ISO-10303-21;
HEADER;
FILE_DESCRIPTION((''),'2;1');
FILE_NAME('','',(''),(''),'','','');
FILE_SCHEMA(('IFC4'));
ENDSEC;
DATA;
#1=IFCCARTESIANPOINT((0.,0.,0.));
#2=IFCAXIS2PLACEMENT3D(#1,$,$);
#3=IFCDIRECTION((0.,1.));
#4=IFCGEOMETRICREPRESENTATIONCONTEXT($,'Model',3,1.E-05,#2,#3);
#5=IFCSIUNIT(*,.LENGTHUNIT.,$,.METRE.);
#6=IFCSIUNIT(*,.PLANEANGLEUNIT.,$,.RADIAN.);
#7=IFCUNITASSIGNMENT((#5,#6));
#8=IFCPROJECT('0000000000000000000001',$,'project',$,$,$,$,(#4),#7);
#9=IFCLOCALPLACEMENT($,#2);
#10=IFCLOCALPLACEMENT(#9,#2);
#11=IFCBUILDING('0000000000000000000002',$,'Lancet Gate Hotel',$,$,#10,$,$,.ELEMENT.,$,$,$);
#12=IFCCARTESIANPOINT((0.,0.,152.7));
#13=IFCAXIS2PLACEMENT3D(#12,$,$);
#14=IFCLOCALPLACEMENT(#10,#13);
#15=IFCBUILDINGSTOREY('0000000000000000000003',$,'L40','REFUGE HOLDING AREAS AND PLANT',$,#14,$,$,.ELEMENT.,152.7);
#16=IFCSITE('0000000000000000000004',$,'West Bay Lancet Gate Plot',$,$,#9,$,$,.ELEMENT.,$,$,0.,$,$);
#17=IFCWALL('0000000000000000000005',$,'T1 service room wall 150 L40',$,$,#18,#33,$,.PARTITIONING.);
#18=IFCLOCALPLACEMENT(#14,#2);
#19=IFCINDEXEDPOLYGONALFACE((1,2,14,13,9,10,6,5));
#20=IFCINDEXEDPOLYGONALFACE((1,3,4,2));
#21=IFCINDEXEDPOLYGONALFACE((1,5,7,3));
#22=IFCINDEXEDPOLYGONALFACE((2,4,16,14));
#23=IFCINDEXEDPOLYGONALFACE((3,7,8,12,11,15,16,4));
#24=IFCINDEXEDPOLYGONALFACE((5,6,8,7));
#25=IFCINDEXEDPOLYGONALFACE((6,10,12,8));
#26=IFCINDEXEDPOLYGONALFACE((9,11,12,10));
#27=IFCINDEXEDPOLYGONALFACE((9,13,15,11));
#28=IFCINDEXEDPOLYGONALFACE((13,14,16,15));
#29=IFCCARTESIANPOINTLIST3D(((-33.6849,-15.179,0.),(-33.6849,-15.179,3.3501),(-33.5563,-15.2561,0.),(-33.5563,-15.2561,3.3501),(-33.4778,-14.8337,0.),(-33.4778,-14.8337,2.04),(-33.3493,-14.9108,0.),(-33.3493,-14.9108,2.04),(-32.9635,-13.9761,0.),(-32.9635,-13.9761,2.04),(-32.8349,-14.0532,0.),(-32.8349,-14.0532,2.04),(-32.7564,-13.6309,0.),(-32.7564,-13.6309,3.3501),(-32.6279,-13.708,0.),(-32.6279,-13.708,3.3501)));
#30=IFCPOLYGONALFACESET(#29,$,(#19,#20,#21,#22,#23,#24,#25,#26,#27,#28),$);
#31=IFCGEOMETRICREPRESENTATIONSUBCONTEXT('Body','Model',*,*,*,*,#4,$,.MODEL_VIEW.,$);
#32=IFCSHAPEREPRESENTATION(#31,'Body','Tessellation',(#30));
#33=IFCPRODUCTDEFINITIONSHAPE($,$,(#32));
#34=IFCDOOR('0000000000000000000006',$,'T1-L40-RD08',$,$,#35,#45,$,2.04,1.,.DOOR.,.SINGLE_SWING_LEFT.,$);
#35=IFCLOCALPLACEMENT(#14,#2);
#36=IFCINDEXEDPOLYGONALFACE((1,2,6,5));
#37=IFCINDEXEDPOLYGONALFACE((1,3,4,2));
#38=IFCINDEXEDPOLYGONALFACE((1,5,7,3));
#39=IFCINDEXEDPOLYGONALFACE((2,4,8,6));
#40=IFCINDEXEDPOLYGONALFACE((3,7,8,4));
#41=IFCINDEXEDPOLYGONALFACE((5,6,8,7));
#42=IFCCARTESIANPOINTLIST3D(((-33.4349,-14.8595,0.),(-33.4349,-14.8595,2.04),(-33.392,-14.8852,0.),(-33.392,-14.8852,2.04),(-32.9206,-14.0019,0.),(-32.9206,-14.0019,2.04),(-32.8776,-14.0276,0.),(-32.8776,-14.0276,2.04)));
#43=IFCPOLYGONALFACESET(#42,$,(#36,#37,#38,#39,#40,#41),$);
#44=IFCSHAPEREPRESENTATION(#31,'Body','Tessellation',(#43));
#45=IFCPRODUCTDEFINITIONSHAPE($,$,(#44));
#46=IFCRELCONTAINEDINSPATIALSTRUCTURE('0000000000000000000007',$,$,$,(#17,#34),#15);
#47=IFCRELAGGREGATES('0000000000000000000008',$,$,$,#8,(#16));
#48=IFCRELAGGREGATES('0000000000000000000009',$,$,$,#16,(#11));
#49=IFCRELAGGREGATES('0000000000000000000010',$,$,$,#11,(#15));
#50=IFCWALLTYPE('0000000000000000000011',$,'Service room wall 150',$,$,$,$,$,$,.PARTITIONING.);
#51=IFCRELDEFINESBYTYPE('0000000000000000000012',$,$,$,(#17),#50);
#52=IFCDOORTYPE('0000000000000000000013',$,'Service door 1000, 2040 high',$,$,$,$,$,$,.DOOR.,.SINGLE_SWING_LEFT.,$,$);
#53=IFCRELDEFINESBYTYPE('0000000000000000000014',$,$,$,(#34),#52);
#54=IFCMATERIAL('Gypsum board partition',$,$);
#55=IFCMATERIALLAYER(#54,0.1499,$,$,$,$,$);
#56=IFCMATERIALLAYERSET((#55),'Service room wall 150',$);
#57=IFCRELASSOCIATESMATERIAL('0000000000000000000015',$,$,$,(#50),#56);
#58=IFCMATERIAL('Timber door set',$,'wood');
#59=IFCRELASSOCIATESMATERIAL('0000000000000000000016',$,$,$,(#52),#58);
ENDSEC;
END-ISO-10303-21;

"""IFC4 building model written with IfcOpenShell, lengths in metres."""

from ifc_helpers import new_model, si_unit, direction, frame, frame_2d, origin, place, context, subcontext, project, spatial, rectangle, extrude, material, layer, layer_set, type_object, element, fill, save


model = new_model("IFC4")

# Units and contexts
model_context = context("Model", 3, precision=1e-05, world=origin(), true_north=direction((0.0, 1.0)))
body_context = subcontext(model_context, "Body", "Model", "MODEL_VIEW")
ifc_project = project(units=[si_unit("LENGTHUNIT", "METRE"), si_unit("PLANEANGLEUNIT", "RADIAN")], contexts=[model_context])

# Site, building, storey
site_placement = place(None, origin())
site = spatial("IfcSite", under=ifc_project, at=site_placement, Name="West Bay Lancet Gate Plot", CompositionType="ELEMENT", RefElevation=0.0)
building_placement = place(site_placement, origin())
building = spatial("IfcBuilding", under=site, at=building_placement, Name="Lancet Gate Hotel", CompositionType="ELEMENT")
storey_placement = place(building_placement, frame((0.0, 0.0, 152.7)))
storey = spatial("IfcBuildingStorey", under=building, at=storey_placement, Name="L40", Description="REFUGE HOLDING AREAS AND PLANT", CompositionType="ELEMENT", Elevation=152.7)

# Wall, opening, door
ifc_material_1 = material(Name="Gypsum board partition")
ifc_layer_1 = layer(ifc_material_1, 0.1499)
ifc_layer_set_1 = layer_set([ifc_layer_1], Name="Service room wall 150")
wall_type_1 = type_object("IfcWallType", Name="Service room wall 150", PredefinedType="PARTITIONING", material=ifc_layer_set_1)
wall_1_placement = place(storey_placement, frame((-33.6206, -15.2175, 0.0), z_axis=(0.0, 0.0, 1.0), x_axis=(0.514337, 0.857588, 0.0)))
wall_1 = element("IfcWall", 1, at=wall_1_placement, inside=storey, type_object=wall_type_1, Name="T1 service room wall 150 L40", PredefinedType="PARTITIONING", context=body_context, shape_type="SweptSolid", body=[
    extrude(rectangle(XDim=1.8052, YDim=0.1499, at=frame_2d((0.9026, 0.0))), origin(), (0.0, 0.0, 1.0), 3.3501),
])
opening_placement = place(wall_1_placement, frame((0.4026, 0.0, 0.0)))
opening = element("IfcOpeningElement", 2, at=opening_placement, cuts=wall_1, PredefinedType="OPENING", context=body_context, shape_type="SweptSolid", body=[
    extrude(rectangle(XDim=1.0, YDim=2.04, at=frame_2d((0.5, 1.02))), frame((0.0, 0.085, 0.0), z_axis=(0.0, -1.0, 0.0), x_axis=(1.0, 0.0, 0.0)), (0.0, 0.0, 1.0), 0.1699),
])
ifc_material_2 = material(Name="Timber door set", Category="wood")
door_type = type_object("IfcDoorType", Name="Service door 1000, 2040 high", OperationType="SINGLE_SWING_LEFT", PredefinedType="DOOR", material=ifc_material_2)
door_placement = place(opening_placement, origin())
door = element("IfcDoor", 3, at=door_placement, inside=storey, type_object=door_type, Name="T1-L40-RD08", OperationType="SINGLE_SWING_LEFT", OverallHeight=2.04, OverallWidth=1.0, PredefinedType="DOOR", context=body_context, shape_type="SweptSolid", body=[
    extrude(rectangle(XDim=1.0, YDim=2.04, at=frame_2d((0.5, 1.02))), frame((0.0, 0.0249, 0.0), z_axis=(0.0, -1.0, 0.0), x_axis=(1.0, 0.0, 0.0)), (0.0, 0.0, 1.0), 0.05),
])
fill(opening, door)

save(model, "model.ifc")
